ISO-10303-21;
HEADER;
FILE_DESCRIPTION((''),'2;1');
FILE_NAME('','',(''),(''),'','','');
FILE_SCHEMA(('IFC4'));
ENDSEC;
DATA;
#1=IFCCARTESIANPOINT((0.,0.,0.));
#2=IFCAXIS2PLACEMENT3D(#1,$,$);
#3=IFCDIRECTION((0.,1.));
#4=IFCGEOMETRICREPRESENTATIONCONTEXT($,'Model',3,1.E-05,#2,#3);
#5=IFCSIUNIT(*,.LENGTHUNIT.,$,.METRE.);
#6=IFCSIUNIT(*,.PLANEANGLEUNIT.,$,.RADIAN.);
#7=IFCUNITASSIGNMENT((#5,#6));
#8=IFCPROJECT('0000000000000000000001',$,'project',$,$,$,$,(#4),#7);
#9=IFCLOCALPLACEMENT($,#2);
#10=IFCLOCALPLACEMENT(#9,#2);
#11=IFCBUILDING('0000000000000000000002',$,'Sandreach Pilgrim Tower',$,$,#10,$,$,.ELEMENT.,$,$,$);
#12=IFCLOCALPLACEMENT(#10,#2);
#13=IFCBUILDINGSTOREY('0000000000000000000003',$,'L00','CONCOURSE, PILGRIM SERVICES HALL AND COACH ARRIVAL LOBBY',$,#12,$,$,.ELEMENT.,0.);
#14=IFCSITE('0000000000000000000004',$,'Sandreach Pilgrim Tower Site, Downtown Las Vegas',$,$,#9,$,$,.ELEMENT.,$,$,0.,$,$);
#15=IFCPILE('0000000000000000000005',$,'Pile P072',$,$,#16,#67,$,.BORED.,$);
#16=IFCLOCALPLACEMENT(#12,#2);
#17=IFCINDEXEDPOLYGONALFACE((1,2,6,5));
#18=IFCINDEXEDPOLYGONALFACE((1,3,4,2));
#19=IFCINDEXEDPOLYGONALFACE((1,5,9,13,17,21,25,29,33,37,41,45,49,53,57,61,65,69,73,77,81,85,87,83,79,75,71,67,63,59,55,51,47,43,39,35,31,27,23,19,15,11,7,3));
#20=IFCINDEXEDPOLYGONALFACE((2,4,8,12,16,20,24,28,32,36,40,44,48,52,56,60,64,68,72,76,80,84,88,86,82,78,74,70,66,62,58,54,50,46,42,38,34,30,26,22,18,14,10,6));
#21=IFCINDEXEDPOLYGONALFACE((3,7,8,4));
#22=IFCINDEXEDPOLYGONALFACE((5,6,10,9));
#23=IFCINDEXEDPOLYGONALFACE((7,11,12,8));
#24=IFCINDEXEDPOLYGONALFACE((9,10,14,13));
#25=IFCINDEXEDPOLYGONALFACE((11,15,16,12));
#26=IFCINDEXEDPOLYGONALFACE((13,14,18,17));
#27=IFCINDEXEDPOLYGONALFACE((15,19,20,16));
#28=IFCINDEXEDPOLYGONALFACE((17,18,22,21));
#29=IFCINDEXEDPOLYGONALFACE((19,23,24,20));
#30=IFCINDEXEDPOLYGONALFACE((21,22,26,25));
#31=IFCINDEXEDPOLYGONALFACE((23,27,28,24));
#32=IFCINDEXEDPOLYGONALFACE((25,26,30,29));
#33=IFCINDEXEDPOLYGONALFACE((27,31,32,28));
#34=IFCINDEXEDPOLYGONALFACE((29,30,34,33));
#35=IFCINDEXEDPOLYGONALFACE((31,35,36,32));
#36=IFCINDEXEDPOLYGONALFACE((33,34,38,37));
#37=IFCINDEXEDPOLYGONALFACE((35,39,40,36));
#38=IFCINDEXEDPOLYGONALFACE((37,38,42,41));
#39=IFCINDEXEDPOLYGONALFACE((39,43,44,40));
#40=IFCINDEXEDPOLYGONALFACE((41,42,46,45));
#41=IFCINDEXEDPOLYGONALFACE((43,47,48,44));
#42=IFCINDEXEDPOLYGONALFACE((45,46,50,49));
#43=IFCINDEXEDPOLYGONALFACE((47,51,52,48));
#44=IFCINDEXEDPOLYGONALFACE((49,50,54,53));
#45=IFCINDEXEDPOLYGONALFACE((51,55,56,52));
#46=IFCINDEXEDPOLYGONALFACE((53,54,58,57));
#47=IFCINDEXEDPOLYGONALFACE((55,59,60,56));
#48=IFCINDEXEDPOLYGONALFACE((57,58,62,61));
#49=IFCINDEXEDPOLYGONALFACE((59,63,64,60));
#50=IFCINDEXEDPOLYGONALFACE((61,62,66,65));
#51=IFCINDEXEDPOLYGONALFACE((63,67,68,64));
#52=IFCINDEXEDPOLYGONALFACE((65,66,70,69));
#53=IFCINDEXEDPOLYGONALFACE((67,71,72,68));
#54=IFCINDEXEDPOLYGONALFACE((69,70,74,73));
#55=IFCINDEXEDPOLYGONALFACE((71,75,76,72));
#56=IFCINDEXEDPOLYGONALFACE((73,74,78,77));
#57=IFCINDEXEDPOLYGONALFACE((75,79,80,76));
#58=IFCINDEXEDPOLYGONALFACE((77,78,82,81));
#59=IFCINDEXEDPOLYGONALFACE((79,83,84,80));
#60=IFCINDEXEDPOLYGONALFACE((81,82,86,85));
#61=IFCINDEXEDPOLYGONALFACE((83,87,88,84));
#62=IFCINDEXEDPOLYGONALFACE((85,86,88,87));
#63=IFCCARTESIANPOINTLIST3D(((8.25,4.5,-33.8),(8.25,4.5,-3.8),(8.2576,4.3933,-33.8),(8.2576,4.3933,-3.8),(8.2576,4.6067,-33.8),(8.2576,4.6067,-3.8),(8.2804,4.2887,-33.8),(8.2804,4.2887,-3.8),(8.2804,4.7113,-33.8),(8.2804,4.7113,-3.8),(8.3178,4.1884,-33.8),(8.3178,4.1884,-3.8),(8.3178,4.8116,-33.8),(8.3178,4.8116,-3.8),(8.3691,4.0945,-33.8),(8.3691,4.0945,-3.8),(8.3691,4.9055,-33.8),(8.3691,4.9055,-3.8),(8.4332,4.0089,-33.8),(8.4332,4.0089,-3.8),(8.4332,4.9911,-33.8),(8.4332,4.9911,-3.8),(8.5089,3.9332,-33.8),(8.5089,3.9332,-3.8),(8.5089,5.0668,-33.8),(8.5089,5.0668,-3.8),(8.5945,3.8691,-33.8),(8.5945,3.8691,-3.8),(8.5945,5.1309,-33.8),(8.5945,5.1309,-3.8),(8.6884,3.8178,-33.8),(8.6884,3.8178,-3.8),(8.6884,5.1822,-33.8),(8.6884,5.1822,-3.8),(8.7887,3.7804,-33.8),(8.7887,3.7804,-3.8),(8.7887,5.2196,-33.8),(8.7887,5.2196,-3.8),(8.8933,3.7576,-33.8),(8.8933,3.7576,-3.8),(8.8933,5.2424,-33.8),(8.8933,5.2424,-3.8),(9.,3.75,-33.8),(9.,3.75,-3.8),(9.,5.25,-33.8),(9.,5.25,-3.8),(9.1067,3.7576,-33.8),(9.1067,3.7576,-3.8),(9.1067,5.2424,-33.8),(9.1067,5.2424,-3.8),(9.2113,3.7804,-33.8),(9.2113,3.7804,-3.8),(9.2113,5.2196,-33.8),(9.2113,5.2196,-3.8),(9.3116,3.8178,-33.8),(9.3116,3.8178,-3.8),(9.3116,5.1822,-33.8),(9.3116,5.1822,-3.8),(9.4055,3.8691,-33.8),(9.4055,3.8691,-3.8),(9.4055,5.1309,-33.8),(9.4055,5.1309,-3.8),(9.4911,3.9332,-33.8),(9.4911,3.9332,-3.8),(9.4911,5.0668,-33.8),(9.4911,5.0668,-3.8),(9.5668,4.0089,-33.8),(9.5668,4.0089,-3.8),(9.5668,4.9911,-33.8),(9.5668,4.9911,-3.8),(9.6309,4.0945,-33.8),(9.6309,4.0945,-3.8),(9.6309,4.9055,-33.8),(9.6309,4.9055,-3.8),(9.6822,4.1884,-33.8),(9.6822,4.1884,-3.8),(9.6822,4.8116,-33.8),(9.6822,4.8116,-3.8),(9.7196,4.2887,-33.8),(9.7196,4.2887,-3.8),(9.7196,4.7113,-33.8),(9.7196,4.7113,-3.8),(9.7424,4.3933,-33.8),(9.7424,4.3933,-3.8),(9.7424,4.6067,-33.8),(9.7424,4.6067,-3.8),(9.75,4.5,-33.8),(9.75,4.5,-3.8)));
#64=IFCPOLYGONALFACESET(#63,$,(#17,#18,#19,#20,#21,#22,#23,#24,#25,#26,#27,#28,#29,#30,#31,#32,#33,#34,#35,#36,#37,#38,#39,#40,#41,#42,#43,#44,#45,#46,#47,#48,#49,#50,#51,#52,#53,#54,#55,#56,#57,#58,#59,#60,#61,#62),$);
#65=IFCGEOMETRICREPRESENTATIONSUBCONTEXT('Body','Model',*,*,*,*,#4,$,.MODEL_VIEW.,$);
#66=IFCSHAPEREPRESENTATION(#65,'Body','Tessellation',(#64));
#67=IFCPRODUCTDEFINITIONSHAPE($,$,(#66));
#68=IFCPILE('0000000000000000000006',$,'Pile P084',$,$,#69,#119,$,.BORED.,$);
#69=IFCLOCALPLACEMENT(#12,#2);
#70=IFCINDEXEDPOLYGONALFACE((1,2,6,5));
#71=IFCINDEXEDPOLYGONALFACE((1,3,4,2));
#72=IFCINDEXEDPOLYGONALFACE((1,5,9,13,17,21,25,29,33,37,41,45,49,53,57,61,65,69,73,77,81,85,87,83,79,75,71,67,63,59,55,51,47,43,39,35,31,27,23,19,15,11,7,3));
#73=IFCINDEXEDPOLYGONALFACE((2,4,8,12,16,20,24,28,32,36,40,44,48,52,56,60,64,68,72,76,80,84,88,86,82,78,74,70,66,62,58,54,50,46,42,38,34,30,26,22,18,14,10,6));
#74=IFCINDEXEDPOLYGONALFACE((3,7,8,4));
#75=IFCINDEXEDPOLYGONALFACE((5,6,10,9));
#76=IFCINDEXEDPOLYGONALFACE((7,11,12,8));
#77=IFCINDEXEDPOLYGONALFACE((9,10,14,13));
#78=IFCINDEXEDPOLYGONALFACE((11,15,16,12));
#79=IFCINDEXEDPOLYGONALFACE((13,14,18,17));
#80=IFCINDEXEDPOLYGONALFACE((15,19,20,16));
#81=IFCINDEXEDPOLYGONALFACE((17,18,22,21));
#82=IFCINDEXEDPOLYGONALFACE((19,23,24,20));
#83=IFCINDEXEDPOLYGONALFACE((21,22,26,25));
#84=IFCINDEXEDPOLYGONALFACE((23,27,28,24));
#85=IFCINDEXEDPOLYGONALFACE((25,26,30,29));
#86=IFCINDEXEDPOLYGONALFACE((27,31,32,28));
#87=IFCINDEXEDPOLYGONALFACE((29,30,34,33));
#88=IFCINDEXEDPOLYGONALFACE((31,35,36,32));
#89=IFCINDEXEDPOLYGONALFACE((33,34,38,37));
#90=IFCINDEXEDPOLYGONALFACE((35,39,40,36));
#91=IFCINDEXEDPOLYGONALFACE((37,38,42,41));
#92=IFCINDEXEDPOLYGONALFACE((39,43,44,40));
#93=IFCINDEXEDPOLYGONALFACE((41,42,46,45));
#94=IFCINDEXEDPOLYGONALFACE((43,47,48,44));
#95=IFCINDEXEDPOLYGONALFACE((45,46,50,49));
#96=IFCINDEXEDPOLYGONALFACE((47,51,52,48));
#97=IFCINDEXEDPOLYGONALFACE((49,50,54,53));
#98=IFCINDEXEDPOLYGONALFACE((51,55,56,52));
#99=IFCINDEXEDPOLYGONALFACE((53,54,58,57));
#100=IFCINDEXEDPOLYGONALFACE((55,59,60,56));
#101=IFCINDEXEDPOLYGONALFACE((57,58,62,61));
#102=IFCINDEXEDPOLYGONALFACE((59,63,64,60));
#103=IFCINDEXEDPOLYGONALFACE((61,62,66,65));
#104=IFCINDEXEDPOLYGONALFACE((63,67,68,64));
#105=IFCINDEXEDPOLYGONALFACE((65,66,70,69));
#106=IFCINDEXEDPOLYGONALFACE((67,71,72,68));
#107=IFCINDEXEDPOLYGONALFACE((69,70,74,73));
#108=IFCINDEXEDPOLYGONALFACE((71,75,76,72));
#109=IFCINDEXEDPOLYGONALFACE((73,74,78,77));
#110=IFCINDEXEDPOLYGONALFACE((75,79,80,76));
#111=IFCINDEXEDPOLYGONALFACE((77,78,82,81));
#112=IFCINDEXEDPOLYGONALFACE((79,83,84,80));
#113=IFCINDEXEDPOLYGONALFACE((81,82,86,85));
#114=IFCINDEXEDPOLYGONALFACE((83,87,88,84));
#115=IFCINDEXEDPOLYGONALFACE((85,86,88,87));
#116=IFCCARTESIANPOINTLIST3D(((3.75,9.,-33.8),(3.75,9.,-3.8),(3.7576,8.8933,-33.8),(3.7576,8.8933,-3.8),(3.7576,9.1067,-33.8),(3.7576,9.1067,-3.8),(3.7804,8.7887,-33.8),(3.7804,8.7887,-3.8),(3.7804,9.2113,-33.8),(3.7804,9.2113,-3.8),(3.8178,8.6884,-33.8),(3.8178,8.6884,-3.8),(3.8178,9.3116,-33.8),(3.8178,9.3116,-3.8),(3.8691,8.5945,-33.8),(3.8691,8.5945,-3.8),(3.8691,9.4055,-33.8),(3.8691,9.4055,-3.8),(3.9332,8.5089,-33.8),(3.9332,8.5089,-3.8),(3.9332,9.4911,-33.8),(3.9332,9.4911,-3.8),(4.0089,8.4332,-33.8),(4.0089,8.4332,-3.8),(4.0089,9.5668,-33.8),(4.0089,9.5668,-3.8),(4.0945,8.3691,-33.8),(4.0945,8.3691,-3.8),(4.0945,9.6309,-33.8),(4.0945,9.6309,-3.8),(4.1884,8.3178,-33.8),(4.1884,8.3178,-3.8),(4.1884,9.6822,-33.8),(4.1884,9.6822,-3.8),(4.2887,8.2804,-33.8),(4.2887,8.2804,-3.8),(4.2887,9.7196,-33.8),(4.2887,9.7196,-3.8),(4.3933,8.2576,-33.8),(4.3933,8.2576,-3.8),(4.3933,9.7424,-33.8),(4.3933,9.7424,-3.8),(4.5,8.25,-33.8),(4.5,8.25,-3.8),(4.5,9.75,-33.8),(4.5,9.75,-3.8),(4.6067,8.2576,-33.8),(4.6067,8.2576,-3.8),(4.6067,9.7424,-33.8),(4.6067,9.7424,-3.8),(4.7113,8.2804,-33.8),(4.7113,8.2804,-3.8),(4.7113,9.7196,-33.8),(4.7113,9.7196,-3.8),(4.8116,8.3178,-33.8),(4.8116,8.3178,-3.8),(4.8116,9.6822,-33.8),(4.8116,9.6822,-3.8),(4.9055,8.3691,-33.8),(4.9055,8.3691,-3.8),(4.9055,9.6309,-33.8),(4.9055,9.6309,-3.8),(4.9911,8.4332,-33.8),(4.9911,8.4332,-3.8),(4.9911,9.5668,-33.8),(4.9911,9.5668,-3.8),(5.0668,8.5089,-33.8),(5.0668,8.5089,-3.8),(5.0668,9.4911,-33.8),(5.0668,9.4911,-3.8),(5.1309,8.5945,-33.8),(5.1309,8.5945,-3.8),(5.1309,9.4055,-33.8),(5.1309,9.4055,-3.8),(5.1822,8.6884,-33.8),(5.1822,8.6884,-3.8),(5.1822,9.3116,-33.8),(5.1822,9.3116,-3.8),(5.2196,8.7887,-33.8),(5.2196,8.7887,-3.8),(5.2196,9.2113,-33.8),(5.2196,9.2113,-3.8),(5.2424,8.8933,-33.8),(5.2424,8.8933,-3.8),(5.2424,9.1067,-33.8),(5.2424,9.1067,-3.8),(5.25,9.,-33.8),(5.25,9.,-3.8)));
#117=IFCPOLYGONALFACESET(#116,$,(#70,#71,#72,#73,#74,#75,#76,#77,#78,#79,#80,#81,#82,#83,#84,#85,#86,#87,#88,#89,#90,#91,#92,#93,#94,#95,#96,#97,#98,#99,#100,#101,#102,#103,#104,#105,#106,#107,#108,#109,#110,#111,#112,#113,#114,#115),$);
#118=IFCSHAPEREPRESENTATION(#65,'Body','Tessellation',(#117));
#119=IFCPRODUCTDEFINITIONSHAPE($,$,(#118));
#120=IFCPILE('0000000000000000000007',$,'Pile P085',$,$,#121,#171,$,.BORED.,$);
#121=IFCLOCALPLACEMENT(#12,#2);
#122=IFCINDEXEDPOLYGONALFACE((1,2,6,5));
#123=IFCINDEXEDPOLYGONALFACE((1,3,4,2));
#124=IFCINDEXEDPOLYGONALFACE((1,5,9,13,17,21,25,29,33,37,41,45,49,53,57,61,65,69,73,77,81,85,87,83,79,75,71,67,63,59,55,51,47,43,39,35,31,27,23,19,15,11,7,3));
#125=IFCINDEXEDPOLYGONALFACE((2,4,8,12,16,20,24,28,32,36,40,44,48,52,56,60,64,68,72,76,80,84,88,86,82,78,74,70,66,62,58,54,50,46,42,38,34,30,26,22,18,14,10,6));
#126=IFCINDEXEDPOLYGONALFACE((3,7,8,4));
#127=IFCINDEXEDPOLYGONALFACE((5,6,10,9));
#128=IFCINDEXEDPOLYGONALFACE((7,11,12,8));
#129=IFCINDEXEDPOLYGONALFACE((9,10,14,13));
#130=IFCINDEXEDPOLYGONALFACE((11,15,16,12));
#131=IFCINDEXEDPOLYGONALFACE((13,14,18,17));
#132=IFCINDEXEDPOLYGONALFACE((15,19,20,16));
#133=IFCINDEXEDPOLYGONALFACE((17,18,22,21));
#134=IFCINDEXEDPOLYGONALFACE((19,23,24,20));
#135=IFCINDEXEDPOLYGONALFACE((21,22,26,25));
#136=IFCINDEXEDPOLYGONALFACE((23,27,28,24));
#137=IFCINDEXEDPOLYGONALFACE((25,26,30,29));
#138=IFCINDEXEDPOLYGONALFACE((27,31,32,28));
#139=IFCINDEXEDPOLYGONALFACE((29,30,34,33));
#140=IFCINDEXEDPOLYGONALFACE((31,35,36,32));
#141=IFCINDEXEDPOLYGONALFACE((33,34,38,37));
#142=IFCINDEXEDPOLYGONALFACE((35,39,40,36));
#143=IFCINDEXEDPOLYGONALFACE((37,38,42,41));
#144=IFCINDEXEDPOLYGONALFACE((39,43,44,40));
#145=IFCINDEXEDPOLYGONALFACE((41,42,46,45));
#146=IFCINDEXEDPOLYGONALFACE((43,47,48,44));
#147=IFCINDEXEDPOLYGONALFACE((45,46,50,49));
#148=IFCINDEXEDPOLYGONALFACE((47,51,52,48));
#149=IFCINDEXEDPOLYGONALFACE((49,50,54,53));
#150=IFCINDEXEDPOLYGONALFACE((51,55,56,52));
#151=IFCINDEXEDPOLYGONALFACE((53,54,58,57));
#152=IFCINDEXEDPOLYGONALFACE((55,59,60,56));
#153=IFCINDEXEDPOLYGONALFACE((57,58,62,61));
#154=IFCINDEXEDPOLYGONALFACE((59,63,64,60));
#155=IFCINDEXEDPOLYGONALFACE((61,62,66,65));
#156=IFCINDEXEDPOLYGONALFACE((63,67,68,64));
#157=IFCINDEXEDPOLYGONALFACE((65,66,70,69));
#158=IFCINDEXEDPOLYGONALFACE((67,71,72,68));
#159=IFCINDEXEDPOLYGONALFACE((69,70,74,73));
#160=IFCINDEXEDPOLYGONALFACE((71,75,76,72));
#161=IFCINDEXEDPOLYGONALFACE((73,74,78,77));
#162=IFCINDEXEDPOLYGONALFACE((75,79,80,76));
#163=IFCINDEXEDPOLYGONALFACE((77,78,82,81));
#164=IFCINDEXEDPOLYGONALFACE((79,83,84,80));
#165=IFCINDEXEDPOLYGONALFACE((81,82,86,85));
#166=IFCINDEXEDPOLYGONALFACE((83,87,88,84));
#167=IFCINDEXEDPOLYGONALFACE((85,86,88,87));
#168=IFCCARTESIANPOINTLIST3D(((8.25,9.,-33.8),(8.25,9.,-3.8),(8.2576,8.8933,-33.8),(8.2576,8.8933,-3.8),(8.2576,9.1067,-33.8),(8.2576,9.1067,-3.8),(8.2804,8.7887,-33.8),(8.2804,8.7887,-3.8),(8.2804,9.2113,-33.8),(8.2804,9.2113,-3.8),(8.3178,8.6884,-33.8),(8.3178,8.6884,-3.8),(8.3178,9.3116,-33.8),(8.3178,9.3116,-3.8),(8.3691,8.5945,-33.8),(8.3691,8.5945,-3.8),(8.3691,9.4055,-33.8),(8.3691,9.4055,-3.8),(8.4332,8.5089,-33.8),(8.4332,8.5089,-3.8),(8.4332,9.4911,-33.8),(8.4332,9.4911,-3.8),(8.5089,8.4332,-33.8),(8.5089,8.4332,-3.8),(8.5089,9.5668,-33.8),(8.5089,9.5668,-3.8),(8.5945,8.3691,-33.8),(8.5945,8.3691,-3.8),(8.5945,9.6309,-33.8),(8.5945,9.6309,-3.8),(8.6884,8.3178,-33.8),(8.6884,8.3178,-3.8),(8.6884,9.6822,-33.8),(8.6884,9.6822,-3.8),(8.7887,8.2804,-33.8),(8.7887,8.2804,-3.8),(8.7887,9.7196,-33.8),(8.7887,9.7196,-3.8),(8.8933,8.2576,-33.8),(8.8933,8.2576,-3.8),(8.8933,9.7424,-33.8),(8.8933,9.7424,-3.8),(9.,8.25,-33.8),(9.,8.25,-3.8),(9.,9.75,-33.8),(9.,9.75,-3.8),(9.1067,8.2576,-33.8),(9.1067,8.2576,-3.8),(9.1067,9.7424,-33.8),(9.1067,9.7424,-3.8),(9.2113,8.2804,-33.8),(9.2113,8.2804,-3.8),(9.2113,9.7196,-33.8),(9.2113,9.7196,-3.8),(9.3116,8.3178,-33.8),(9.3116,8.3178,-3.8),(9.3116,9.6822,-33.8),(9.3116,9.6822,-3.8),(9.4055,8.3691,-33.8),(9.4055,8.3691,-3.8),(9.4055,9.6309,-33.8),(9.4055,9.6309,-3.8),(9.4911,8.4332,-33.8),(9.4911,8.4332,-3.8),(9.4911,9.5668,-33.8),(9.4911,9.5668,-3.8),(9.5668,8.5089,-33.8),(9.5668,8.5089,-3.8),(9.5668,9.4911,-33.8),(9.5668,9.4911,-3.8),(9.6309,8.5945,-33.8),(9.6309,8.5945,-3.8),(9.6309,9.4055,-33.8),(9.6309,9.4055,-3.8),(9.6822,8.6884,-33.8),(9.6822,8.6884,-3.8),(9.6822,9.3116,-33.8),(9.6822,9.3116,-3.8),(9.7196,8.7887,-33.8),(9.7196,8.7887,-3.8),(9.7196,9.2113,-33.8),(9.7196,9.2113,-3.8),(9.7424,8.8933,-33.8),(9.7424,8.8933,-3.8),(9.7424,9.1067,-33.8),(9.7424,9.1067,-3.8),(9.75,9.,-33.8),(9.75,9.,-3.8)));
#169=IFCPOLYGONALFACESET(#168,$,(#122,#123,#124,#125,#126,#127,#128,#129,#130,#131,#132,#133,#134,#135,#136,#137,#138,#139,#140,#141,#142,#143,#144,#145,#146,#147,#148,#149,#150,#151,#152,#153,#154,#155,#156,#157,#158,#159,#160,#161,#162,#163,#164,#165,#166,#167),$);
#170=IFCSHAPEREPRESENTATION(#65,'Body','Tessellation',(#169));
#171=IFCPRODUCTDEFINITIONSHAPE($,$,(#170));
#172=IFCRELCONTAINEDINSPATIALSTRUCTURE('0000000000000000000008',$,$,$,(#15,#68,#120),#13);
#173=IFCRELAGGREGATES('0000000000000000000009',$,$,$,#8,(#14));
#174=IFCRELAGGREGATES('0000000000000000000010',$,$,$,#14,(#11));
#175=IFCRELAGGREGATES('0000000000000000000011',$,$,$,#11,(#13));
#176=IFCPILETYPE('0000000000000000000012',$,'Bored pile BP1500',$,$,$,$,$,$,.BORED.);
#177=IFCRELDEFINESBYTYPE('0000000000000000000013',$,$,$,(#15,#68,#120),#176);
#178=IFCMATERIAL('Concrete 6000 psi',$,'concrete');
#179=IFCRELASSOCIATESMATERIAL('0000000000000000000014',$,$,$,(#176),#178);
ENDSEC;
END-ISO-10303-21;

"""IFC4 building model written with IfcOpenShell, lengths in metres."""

from ifc_helpers import new_model, si_unit, direction, frame, origin, origin_2d, place, context, subcontext, project, spatial, circle, extrude, material, material_profile, profile_set, type_object, element, save


model = new_model("IFC4")

# Units and contexts
model_context = context("Model", 3, precision=1e-05, world=origin(), true_north=direction((0.0, 1.0)))
body_context = subcontext(model_context, "Body", "Model", "MODEL_VIEW")
ifc_project = project(units=[si_unit("LENGTHUNIT", "METRE"), si_unit("PLANEANGLEUNIT", "RADIAN")], contexts=[model_context])

# Site, building, storey
site_placement = place(None, origin())
site = spatial("IfcSite", under=ifc_project, at=site_placement, Name="Sandreach Pilgrim Tower Site, Downtown Las Vegas", CompositionType="ELEMENT", RefElevation=0.0)
building_placement = place(site_placement, origin())
building = spatial("IfcBuilding", under=site, at=building_placement, Name="Sandreach Pilgrim Tower", CompositionType="ELEMENT")
storey_placement = place(building_placement, origin())
storey = spatial("IfcBuildingStorey", under=building, at=storey_placement, Name="L00", Description="CONCOURSE, PILGRIM SERVICES HALL AND COACH ARRIVAL LOBBY", CompositionType="ELEMENT", Elevation=0.0)

# Piles
ifc_material_1 = material(Name="Concrete 6000 psi", Category="concrete")
ifc_material_profile_1 = material_profile(ifc_material_1, circle(Radius=0.75, at=origin_2d()), Name="BP1500")
ifc_profile_set_1 = profile_set([ifc_material_profile_1], Name="Concrete 6000 psi")
pile_type = type_object("IfcPileType", Name="Bored pile BP1500", PredefinedType="BORED", material=ifc_profile_set_1)
for number, where, z_axis, x_axis, name in (
    (1, (9.0, 4.5, -3.8), (0.0, 0.0, -1.0), (1.0, 0.0, 0.0), "Pile P072"),
    (2, (4.5, 9.0, -3.8), (0.0, 0.0, -1.0), (1.0, 0.0, 0.0), "Pile P084"),
    (3, (9.0, 9.0, -3.8), (0.0, 0.0, -1.0), (1.0, 0.0, 0.0), "Pile P085"),
):
    element("IfcPile", number, at=place(storey_placement, frame(where, z_axis=z_axis, x_axis=x_axis)), inside=storey, type_object=pile_type, Name=name, PredefinedType="BORED", context=body_context, shape_type="SweptSolid", body=[
        extrude(circle(Radius=0.75, at=origin_2d()), origin(), (0.0, 0.0, 1.0), 30.0),
    ])

save(model, "model.ifc")
